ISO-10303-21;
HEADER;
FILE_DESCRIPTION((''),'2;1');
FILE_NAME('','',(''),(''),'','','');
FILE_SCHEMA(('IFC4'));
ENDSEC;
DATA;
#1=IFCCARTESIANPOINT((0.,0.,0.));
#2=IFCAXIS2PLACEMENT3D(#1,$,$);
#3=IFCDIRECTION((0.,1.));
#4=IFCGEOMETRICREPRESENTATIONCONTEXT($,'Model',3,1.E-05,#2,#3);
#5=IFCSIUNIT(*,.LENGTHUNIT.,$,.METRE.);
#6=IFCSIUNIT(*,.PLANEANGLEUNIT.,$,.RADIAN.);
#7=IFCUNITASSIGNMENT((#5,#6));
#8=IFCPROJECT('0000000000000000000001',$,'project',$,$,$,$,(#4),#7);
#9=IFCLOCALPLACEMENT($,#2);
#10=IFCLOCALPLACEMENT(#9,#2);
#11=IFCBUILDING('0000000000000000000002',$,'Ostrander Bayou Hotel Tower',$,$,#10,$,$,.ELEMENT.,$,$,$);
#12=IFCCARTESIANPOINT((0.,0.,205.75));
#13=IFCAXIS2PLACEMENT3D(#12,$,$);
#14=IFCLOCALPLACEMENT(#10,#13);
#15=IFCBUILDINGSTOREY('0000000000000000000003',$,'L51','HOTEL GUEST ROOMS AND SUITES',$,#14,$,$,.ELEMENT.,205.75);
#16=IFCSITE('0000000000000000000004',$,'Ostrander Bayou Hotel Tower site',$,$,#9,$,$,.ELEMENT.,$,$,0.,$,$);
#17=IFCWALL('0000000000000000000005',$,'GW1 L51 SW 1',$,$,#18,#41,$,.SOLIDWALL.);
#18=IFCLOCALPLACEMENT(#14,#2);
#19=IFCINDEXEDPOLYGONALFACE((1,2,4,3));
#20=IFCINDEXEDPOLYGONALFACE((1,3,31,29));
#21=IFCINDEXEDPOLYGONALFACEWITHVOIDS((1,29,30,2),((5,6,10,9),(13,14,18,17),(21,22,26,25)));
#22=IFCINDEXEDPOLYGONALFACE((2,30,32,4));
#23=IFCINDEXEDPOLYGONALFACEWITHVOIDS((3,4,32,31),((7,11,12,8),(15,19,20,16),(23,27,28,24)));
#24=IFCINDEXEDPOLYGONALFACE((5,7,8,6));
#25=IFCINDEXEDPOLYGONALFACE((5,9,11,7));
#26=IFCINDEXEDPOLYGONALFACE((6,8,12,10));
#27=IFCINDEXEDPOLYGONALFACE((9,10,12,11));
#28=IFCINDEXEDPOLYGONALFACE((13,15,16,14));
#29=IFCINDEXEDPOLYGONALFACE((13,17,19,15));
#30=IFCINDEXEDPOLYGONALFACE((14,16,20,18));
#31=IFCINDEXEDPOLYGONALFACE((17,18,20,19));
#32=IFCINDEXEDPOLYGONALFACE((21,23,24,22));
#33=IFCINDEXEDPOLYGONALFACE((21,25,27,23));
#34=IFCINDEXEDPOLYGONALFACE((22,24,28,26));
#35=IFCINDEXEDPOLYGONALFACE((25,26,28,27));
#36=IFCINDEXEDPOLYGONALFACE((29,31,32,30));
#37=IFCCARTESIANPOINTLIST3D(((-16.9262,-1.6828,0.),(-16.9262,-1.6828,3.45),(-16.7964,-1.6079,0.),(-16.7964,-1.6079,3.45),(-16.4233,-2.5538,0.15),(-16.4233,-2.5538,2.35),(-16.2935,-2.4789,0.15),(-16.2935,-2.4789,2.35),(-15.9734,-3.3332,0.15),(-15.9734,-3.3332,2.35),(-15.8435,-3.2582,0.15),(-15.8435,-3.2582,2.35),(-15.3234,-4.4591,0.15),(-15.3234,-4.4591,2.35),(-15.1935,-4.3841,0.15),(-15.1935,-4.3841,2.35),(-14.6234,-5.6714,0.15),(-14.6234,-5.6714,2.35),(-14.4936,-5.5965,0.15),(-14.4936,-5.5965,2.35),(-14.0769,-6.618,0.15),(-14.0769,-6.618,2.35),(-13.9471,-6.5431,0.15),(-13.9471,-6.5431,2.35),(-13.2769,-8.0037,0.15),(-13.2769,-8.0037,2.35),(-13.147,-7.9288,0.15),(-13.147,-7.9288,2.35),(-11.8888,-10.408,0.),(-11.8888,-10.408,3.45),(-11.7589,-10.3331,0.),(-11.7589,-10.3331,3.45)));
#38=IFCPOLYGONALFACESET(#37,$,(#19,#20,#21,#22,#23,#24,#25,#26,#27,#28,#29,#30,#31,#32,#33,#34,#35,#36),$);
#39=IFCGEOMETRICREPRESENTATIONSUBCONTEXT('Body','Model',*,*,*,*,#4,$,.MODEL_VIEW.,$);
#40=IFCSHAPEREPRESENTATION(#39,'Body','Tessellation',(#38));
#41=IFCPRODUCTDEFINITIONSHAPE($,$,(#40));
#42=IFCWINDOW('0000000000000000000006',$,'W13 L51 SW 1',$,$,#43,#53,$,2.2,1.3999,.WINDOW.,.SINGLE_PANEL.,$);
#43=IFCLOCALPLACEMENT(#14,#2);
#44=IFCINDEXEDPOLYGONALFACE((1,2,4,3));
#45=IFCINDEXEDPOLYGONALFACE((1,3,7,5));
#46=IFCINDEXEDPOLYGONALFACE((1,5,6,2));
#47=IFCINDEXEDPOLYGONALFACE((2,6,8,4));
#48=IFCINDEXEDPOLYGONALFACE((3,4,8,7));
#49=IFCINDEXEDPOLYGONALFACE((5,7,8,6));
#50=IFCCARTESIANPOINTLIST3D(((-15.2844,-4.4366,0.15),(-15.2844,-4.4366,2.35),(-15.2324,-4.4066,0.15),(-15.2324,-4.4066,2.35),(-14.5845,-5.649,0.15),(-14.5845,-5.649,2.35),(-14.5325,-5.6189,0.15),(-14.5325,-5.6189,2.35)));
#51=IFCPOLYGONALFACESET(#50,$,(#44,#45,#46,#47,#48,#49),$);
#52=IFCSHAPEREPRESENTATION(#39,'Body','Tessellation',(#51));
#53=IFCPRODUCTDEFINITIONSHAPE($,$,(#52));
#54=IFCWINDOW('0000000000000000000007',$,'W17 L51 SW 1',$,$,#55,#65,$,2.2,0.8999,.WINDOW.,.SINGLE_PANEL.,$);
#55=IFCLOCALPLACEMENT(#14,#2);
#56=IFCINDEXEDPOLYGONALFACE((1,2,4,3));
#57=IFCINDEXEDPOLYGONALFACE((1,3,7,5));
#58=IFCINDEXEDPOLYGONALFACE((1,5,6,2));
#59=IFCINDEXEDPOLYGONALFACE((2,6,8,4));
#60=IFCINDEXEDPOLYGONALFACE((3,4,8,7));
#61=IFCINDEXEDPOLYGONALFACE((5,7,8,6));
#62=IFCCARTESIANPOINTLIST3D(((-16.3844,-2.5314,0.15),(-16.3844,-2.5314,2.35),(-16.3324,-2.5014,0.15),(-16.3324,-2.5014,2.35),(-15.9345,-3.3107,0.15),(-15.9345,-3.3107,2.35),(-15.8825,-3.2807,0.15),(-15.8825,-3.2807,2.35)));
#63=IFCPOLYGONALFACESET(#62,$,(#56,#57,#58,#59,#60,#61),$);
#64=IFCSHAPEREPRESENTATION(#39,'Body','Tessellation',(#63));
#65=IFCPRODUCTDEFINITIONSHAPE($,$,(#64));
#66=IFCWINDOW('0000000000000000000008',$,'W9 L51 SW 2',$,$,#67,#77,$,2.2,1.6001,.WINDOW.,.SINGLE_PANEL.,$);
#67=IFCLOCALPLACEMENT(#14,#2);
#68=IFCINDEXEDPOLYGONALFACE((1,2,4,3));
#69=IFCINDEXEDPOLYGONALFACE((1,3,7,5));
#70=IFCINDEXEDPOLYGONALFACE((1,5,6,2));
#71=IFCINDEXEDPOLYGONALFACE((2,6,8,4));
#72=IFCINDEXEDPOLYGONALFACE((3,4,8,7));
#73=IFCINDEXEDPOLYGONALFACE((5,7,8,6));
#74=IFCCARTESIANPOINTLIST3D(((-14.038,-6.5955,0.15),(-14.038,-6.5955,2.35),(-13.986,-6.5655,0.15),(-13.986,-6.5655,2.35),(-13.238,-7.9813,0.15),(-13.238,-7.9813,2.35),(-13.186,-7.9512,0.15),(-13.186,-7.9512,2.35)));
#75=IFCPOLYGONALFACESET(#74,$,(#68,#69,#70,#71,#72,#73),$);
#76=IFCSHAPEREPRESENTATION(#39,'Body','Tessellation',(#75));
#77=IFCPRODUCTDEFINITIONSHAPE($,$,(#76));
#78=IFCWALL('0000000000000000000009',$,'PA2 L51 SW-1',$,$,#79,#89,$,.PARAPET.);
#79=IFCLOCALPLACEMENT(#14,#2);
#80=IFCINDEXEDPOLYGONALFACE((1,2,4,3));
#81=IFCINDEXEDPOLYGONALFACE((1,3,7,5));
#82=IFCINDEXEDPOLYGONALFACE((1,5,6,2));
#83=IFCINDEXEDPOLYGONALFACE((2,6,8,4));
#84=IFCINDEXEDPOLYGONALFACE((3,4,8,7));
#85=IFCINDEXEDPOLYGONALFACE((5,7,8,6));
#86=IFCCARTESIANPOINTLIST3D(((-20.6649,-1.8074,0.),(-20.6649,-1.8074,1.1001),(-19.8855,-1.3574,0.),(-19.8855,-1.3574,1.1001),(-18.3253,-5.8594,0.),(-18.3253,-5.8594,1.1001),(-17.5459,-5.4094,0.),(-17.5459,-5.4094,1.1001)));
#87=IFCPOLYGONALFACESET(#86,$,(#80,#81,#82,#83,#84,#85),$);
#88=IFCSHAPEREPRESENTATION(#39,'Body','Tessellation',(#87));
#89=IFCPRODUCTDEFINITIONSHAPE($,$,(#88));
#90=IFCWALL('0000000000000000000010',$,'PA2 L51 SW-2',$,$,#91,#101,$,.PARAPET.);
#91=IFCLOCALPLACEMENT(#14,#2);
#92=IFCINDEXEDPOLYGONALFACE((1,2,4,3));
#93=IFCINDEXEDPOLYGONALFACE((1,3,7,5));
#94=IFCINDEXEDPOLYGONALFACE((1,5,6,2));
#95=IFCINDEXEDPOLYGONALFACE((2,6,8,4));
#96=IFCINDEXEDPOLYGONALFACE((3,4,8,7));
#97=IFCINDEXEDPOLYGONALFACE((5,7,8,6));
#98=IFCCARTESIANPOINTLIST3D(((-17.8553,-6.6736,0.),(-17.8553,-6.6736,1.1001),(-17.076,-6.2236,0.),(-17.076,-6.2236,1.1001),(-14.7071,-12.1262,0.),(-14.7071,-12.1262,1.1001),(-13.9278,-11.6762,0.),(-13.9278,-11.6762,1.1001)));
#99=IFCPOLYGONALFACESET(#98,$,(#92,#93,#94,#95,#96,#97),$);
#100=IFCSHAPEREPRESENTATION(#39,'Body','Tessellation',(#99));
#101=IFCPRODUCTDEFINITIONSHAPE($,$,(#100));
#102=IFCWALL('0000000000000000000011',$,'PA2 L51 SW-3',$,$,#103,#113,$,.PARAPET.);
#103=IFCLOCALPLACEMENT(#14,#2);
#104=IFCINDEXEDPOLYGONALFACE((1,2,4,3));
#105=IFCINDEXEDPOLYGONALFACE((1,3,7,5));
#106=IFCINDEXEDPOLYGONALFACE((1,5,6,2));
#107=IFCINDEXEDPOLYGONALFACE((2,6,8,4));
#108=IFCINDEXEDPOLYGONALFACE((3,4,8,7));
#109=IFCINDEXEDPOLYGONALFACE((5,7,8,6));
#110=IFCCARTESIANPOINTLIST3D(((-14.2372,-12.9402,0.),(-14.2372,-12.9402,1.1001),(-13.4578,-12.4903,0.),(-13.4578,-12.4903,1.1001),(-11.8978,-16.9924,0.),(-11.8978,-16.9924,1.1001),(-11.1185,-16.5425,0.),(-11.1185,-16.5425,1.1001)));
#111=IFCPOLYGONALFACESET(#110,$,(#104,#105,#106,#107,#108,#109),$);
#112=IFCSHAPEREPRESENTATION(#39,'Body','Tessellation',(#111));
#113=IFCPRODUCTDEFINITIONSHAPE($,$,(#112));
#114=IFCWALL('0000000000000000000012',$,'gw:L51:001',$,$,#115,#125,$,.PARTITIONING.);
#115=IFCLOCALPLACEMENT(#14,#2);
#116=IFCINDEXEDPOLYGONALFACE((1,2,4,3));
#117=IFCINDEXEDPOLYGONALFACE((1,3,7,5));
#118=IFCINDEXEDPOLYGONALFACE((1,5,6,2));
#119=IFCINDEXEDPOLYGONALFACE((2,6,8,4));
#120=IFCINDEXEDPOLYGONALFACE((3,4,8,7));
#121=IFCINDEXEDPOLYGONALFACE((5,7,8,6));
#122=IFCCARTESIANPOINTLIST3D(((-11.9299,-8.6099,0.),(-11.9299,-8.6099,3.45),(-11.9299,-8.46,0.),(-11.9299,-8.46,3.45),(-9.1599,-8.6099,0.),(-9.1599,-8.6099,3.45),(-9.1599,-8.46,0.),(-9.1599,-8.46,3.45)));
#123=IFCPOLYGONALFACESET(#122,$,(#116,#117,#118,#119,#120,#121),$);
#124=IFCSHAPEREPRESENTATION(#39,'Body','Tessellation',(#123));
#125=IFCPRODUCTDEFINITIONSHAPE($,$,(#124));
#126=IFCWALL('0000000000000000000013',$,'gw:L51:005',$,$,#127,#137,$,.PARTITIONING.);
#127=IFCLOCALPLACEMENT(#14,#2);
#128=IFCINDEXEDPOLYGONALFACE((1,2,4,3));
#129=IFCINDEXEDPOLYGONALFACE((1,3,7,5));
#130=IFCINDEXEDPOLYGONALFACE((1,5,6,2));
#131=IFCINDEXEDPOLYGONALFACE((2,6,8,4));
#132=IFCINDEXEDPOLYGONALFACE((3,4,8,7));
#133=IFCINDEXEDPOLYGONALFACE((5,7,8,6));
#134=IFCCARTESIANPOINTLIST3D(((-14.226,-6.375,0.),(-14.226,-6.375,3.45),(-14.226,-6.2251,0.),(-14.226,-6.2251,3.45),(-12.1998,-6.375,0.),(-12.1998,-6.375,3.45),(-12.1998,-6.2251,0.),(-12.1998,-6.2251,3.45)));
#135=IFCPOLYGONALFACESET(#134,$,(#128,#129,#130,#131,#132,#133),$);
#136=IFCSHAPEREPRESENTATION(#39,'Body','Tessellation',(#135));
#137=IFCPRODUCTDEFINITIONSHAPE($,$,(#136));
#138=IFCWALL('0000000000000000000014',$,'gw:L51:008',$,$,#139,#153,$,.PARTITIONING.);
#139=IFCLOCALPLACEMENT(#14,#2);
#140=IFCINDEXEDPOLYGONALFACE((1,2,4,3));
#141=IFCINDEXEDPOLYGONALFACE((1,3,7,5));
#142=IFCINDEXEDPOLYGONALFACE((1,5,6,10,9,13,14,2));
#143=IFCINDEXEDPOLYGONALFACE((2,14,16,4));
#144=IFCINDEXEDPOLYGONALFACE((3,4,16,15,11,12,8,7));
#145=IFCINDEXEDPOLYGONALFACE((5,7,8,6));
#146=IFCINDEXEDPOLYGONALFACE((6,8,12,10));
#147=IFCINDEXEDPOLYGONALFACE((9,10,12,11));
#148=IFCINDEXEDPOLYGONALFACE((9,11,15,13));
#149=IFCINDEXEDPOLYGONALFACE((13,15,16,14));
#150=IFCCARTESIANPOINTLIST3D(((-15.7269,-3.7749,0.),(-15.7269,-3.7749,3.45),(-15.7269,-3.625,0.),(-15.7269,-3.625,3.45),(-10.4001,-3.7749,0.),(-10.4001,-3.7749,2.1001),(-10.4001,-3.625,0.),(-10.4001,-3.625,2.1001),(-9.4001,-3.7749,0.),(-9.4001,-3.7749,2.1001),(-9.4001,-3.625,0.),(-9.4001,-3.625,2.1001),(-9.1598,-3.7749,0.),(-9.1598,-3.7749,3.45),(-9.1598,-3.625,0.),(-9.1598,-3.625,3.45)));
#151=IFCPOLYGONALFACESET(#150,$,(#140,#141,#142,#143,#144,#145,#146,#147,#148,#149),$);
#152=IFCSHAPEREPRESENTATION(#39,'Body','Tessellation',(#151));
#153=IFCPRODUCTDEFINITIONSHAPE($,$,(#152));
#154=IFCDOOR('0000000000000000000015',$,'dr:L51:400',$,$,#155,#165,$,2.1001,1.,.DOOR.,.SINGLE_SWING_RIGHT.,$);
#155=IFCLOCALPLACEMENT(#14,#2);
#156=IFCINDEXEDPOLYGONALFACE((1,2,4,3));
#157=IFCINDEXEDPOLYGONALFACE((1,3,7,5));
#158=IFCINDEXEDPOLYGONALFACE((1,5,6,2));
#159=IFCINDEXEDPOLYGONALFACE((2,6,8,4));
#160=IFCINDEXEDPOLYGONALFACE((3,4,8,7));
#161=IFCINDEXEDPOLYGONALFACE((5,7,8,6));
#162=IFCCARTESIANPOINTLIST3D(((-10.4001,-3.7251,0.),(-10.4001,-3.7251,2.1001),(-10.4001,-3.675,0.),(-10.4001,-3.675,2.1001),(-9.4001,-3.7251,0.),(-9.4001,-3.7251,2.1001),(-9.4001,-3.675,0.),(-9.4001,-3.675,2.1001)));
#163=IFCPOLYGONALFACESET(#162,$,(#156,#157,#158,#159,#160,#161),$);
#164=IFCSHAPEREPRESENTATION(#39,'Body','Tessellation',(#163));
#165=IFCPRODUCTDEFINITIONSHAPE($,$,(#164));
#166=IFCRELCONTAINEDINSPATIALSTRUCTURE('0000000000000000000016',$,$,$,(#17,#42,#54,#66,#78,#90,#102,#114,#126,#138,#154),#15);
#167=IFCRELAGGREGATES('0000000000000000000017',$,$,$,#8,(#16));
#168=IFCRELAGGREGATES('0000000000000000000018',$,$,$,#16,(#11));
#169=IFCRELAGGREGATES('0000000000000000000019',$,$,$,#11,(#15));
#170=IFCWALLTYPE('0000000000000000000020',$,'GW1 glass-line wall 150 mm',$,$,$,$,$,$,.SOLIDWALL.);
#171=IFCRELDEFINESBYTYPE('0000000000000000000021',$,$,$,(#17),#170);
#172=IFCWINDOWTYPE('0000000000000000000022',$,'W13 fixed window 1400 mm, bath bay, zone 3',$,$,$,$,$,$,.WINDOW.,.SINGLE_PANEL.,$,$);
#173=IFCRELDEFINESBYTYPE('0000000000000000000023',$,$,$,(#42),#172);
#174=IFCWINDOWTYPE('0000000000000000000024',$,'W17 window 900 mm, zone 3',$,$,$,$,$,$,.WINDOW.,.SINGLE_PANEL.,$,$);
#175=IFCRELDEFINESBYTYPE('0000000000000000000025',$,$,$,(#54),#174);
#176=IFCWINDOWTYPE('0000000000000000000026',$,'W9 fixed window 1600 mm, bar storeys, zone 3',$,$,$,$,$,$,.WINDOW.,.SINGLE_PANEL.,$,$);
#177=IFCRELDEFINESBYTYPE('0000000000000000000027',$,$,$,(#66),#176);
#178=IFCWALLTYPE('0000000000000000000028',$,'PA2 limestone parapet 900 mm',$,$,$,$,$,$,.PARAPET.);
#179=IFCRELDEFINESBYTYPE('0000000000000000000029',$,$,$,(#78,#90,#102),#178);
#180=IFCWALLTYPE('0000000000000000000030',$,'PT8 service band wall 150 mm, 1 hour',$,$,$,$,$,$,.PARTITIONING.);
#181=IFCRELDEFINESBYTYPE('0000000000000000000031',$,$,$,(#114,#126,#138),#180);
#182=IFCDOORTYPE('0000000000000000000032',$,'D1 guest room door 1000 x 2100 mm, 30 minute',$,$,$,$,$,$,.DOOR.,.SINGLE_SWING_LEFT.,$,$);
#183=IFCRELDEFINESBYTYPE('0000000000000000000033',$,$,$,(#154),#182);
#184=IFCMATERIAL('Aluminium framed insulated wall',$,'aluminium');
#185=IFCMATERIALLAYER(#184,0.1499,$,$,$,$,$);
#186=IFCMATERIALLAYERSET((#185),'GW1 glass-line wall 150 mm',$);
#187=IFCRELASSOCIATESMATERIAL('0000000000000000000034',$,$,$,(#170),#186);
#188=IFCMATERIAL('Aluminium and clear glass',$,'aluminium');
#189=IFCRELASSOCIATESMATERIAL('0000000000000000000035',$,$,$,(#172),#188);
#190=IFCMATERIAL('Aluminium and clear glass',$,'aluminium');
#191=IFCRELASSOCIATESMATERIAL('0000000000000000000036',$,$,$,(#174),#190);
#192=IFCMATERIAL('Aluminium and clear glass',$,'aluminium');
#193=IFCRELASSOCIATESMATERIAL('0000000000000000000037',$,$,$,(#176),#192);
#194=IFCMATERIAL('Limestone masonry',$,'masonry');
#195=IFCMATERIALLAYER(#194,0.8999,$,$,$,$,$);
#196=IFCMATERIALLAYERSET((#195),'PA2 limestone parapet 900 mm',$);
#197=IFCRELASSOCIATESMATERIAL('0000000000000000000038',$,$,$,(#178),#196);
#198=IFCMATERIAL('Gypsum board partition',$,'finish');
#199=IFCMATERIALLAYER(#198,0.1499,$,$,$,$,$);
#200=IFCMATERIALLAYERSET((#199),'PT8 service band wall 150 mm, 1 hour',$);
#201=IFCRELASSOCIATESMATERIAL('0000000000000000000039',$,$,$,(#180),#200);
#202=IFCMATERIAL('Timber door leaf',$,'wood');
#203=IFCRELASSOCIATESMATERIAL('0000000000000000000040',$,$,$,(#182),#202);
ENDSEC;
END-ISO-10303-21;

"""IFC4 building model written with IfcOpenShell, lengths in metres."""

from ifc_helpers import new_model, si_unit, direction, frame, frame_2d, origin, place, context, subcontext, project, spatial, rectangle, extrude, material, layer, layer_set, type_object, element, fill, save


model = new_model("IFC4")

# Units and contexts
model_context = context("Model", 3, precision=1e-05, world=origin(), true_north=direction((0.0, 1.0)))
body_context = subcontext(model_context, "Body", "Model", "MODEL_VIEW")
ifc_project = project(units=[si_unit("LENGTHUNIT", "METRE"), si_unit("PLANEANGLEUNIT", "RADIAN")], contexts=[model_context])

# Site, building, storey
site_placement = place(None, origin())
site = spatial("IfcSite", under=ifc_project, at=site_placement, Name="Ostrander Bayou Hotel Tower site", CompositionType="ELEMENT", RefElevation=0.0)
building_placement = place(site_placement, origin())
building = spatial("IfcBuilding", under=site, at=building_placement, Name="Ostrander Bayou Hotel Tower", CompositionType="ELEMENT")
storey_placement = place(building_placement, frame((0.0, 0.0, 205.75)))
storey = spatial("IfcBuildingStorey", under=building, at=storey_placement, Name="L51", Description="HOTEL GUEST ROOMS AND SUITES", CompositionType="ELEMENT", Elevation=205.75)

# Wall, openings, windows
ifc_material_1 = material(Name="Aluminium framed insulated wall", Category="aluminium")
ifc_layer_1 = layer(ifc_material_1, 0.1499)
ifc_layer_set_1 = layer_set([ifc_layer_1], Name="GW1 glass-line wall 150 mm")
wall_type_1 = type_object("IfcWallType", Name="GW1 glass-line wall 150 mm", PredefinedType="SOLIDWALL", material=ifc_layer_set_1)
wall_1_placement = place(storey_placement, frame((-16.8613, -1.6453, 0.0), z_axis=(0.0, 0.0, 1.0), x_axis=(0.499994, -0.866029, 0.0)))
wall_1 = element("IfcWall", 1, at=wall_1_placement, inside=storey, type_object=wall_type_1, Name="GW1 L51 SW 1", PredefinedType="SOLIDWALL", context=body_context, shape_type="SweptSolid", body=[
    extrude(rectangle(XDim=10.075, YDim=0.1499, at=frame_2d((5.0376, 0.0))), origin(), (0.0, 0.0, 1.0), 3.45),
])
opening_1_placement = place(wall_1_placement, frame((1.0059, 0.0, 0.1499)))
opening_1 = element("IfcOpeningElement", 2, at=opening_1_placement, cuts=wall_1, PredefinedType="OPENING", context=body_context, shape_type="SweptSolid", body=[
    extrude(rectangle(XDim=0.8999, YDim=2.2, at=frame_2d((0.45, 1.1001))), frame((0.0, 0.075, 0.0), z_axis=(0.0, -1.0, 0.0), x_axis=(1.0, 0.0, 0.0)), (0.0, 0.0, 1.0), 0.1499),
])
opening_2_placement = place(wall_1_placement, frame((3.2058, 0.0, 0.1499)))
opening_2 = element("IfcOpeningElement", 3, at=opening_2_placement, cuts=wall_1, PredefinedType="OPENING", context=body_context, shape_type="SweptSolid", body=[
    extrude(rectangle(XDim=1.3999, YDim=2.2, at=frame_2d((0.7, 1.1001))), frame((0.0, 0.075, 0.0), z_axis=(0.0, -1.0, 0.0), x_axis=(1.0, 0.0, 0.0)), (0.0, 0.0, 1.0), 0.1499),
])
opening_3_placement = place(wall_1_placement, frame((5.6987, 0.0, 0.1499)))
opening_3 = element("IfcOpeningElement", 4, at=opening_3_placement, cuts=wall_1, PredefinedType="OPENING", context=body_context, shape_type="SweptSolid", body=[
    extrude(rectangle(XDim=1.6001, YDim=2.2, at=frame_2d((0.8, 1.1001))), frame((0.0, 0.075, 0.0), z_axis=(0.0, -1.0, 0.0), x_axis=(1.0, 0.0, 0.0)), (0.0, 0.0, 1.0), 0.1499),
])
ifc_material_2 = material(Name="Aluminium and clear glass", Category="aluminium")
window_type_1 = type_object("IfcWindowType", Name="W13 fixed window 1400 mm, bath bay, zone 3", PartitioningType="SINGLE_PANEL", PredefinedType="WINDOW", material=ifc_material_2)
window_1_placement = place(opening_2_placement, origin())
window_1 = element("IfcWindow", 5, at=window_1_placement, inside=storey, type_object=window_type_1, Name="W13 L51 SW 1", OverallHeight=2.2, OverallWidth=1.3999, PartitioningType="SINGLE_PANEL", PredefinedType="WINDOW", context=body_context, shape_type="SweptSolid", body=[
    extrude(rectangle(XDim=1.3999, YDim=2.2, at=frame_2d((0.7, 1.1001))), frame((0.0, 0.03, 0.0), z_axis=(0.0, -1.0, 0.0), x_axis=(1.0, 0.0, 0.0)), (0.0, 0.0, 1.0), 0.0601),
])
fill(opening_2, window_1)
ifc_material_3 = material(Name="Aluminium and clear glass", Category="aluminium")
window_type_2 = type_object("IfcWindowType", Name="W17 window 900 mm, zone 3", PartitioningType="SINGLE_PANEL", PredefinedType="WINDOW", material=ifc_material_3)
window_2_placement = place(opening_1_placement, origin())
window_2 = element("IfcWindow", 6, at=window_2_placement, inside=storey, type_object=window_type_2, Name="W17 L51 SW 1", OverallHeight=2.2, OverallWidth=0.8999, PartitioningType="SINGLE_PANEL", PredefinedType="WINDOW", context=body_context, shape_type="SweptSolid", body=[
    extrude(rectangle(XDim=0.8999, YDim=2.2, at=frame_2d((0.45, 1.1001))), frame((0.0, 0.03, 0.0), z_axis=(0.0, -1.0, 0.0), x_axis=(1.0, 0.0, 0.0)), (0.0, 0.0, 1.0), 0.0601),
])
fill(opening_1, window_2)
ifc_material_4 = material(Name="Aluminium and clear glass", Category="aluminium")
window_type_3 = type_object("IfcWindowType", Name="W9 fixed window 1600 mm, bar storeys, zone 3", PartitioningType="SINGLE_PANEL", PredefinedType="WINDOW", material=ifc_material_4)
window_3_placement = place(opening_3_placement, origin())
window_3 = element("IfcWindow", 7, at=window_3_placement, inside=storey, type_object=window_type_3, Name="W9 L51 SW 2", OverallHeight=2.2, OverallWidth=1.6001, PartitioningType="SINGLE_PANEL", PredefinedType="WINDOW", context=body_context, shape_type="SweptSolid", body=[
    extrude(rectangle(XDim=1.6001, YDim=2.2, at=frame_2d((0.8, 1.1001))), frame((0.0, 0.03, 0.0), z_axis=(0.0, -1.0, 0.0), x_axis=(1.0, 0.0, 0.0)), (0.0, 0.0, 1.0), 0.0601),
])
fill(opening_3, window_3)

# Walls
ifc_material_5 = material(Name="Limestone masonry", Category="masonry")
ifc_layer_2 = layer(ifc_material_5, 0.8999)
ifc_layer_set_2 = layer_set([ifc_layer_2], Name="PA2 limestone parapet 900 mm")
wall_type_2 = type_object("IfcWallType", Name="PA2 limestone parapet 900 mm", PredefinedType="PARAPET", material=ifc_layer_set_2)
wall_2_placement = place(storey_placement, frame((-20.2751, -1.5825, 0.0), z_axis=(0.0, 0.0, 1.0), x_axis=(0.500028, -0.866009, 0.0)))
element("IfcWall", 8, at=wall_2_placement, inside=storey, type_object=wall_type_2, Name="PA2 L51 SW-1", PredefinedType="PARAPET", context=body_context, shape_type="SweptSolid", body=[
    extrude(rectangle(XDim=4.679, YDim=0.8999, at=frame_2d((2.3394, 0.0))), origin(), (0.0, 0.0, 1.0), 1.1001),
])
wall_3_placement = place(storey_placement, frame((-17.4656, -6.4487, 0.0), z_axis=(0.0, 0.0, 1.0), x_axis=(0.500013, -0.866018, 0.0)))
element("IfcWall", 9, at=wall_3_placement, inside=storey, type_object=wall_type_2, Name="PA2 L51 SW-2", PredefinedType="PARAPET", context=body_context, shape_type="SweptSolid", body=[
    extrude(rectangle(XDim=6.2961, YDim=0.8999, at=frame_2d((3.1479, 0.0))), origin(), (0.0, 0.0, 1.0), 1.1001),
])
wall_4_placement = place(storey_placement, frame((-13.8474, -12.7153, 0.0), z_axis=(0.0, 0.0, 1.0), x_axis=(0.499966, -0.866045, 0.0)))
element("IfcWall", 10, at=wall_4_placement, inside=storey, type_object=wall_type_2, Name="PA2 L51 SW-3", PredefinedType="PARAPET", context=body_context, shape_type="SweptSolid", body=[
    extrude(rectangle(XDim=4.679, YDim=0.8999, at=frame_2d((2.3394, 0.0))), origin(), (0.0, 0.0, 1.0), 1.1001),
])
ifc_material_6 = material(Name="Gypsum board partition", Category="finish")
ifc_layer_3 = layer(ifc_material_6, 0.1499)
ifc_layer_set_3 = layer_set([ifc_layer_3], Name="PT8 service band wall 150 mm, 1 hour")
wall_type_3 = type_object("IfcWallType", Name="PT8 service band wall 150 mm, 1 hour", PredefinedType="PARTITIONING", material=ifc_layer_set_3)
wall_5_placement = place(storey_placement, frame((-11.9299, -8.5349, 0.0), z_axis=(0.0, 0.0, 1.0), x_axis=(1.0, 0.0, 0.0)))
element("IfcWall", 11, at=wall_5_placement, inside=storey, type_object=wall_type_3, Name="gw:L51:001", PredefinedType="PARTITIONING", context=body_context, shape_type="SweptSolid", body=[
    extrude(rectangle(XDim=2.77, YDim=0.1499, at=frame_2d((1.385, 0.0))), origin(), (0.0, 0.0, 1.0), 3.45),
])
wall_6_placement = place(storey_placement, frame((-14.2261, -6.3, 0.0), z_axis=(0.0, 0.0, 1.0), x_axis=(1.0, 0.0, 0.0)))
element("IfcWall", 12, at=wall_6_placement, inside=storey, type_object=wall_type_3, Name="gw:L51:005", PredefinedType="PARTITIONING", context=body_context, shape_type="SweptSolid", body=[
    extrude(rectangle(XDim=2.0261, YDim=0.1499, at=frame_2d((1.0132, 0.0))), origin(), (0.0, 0.0, 1.0), 3.45),
])

# Wall, opening, door
wall_7_placement = place(storey_placement, frame((-15.7271, -3.7, 0.0), z_axis=(0.0, 0.0, 1.0), x_axis=(1.0, 0.0, 0.0)))
wall_7 = element("IfcWall", 13, at=wall_7_placement, inside=storey, type_object=wall_type_3, Name="gw:L51:008", PredefinedType="PARTITIONING", context=body_context, shape_type="SweptSolid", body=[
    extrude(rectangle(XDim=6.5671, YDim=0.1499, at=frame_2d((3.2837, 0.0))), origin(), (0.0, 0.0, 1.0), 3.45),
])
opening_4_placement = place(wall_7_placement, frame((5.3269, 0.0, 0.0)))
opening_4 = element("IfcOpeningElement", 14, at=opening_4_placement, cuts=wall_7, PredefinedType="OPENING", context=body_context, shape_type="SweptSolid", body=[
    extrude(rectangle(XDim=1.0, YDim=2.1001, at=frame_2d((0.5, 1.05))), frame((0.0, 0.075, 0.0), z_axis=(0.0, -1.0, 0.0), x_axis=(1.0, 0.0, 0.0)), (0.0, 0.0, 1.0), 0.1499),
])
ifc_material_7 = material(Name="Timber door leaf", Category="wood")
door_type_1 = type_object("IfcDoorType", Name="D1 guest room door 1000 x 2100 mm, 30 minute", OperationType="SINGLE_SWING_LEFT", PredefinedType="DOOR", material=ifc_material_7)
door_1_placement = place(opening_4_placement, origin())
door_1 = element("IfcDoor", 15, at=door_1_placement, inside=storey, type_object=door_type_1, Name="dr:L51:400", OperationType="SINGLE_SWING_RIGHT", OverallHeight=2.1001, OverallWidth=1.0, PredefinedType="DOOR", context=body_context, shape_type="SweptSolid", body=[
    extrude(rectangle(XDim=1.0, YDim=2.1001, at=frame_2d((0.5, 1.05))), frame((0.0, 0.0249, 0.0), z_axis=(0.0, -1.0, 0.0), x_axis=(1.0, 0.0, 0.0)), (0.0, 0.0, 1.0), 0.05),
])
fill(opening_4, door_1)

save(model, "model.ifc")
